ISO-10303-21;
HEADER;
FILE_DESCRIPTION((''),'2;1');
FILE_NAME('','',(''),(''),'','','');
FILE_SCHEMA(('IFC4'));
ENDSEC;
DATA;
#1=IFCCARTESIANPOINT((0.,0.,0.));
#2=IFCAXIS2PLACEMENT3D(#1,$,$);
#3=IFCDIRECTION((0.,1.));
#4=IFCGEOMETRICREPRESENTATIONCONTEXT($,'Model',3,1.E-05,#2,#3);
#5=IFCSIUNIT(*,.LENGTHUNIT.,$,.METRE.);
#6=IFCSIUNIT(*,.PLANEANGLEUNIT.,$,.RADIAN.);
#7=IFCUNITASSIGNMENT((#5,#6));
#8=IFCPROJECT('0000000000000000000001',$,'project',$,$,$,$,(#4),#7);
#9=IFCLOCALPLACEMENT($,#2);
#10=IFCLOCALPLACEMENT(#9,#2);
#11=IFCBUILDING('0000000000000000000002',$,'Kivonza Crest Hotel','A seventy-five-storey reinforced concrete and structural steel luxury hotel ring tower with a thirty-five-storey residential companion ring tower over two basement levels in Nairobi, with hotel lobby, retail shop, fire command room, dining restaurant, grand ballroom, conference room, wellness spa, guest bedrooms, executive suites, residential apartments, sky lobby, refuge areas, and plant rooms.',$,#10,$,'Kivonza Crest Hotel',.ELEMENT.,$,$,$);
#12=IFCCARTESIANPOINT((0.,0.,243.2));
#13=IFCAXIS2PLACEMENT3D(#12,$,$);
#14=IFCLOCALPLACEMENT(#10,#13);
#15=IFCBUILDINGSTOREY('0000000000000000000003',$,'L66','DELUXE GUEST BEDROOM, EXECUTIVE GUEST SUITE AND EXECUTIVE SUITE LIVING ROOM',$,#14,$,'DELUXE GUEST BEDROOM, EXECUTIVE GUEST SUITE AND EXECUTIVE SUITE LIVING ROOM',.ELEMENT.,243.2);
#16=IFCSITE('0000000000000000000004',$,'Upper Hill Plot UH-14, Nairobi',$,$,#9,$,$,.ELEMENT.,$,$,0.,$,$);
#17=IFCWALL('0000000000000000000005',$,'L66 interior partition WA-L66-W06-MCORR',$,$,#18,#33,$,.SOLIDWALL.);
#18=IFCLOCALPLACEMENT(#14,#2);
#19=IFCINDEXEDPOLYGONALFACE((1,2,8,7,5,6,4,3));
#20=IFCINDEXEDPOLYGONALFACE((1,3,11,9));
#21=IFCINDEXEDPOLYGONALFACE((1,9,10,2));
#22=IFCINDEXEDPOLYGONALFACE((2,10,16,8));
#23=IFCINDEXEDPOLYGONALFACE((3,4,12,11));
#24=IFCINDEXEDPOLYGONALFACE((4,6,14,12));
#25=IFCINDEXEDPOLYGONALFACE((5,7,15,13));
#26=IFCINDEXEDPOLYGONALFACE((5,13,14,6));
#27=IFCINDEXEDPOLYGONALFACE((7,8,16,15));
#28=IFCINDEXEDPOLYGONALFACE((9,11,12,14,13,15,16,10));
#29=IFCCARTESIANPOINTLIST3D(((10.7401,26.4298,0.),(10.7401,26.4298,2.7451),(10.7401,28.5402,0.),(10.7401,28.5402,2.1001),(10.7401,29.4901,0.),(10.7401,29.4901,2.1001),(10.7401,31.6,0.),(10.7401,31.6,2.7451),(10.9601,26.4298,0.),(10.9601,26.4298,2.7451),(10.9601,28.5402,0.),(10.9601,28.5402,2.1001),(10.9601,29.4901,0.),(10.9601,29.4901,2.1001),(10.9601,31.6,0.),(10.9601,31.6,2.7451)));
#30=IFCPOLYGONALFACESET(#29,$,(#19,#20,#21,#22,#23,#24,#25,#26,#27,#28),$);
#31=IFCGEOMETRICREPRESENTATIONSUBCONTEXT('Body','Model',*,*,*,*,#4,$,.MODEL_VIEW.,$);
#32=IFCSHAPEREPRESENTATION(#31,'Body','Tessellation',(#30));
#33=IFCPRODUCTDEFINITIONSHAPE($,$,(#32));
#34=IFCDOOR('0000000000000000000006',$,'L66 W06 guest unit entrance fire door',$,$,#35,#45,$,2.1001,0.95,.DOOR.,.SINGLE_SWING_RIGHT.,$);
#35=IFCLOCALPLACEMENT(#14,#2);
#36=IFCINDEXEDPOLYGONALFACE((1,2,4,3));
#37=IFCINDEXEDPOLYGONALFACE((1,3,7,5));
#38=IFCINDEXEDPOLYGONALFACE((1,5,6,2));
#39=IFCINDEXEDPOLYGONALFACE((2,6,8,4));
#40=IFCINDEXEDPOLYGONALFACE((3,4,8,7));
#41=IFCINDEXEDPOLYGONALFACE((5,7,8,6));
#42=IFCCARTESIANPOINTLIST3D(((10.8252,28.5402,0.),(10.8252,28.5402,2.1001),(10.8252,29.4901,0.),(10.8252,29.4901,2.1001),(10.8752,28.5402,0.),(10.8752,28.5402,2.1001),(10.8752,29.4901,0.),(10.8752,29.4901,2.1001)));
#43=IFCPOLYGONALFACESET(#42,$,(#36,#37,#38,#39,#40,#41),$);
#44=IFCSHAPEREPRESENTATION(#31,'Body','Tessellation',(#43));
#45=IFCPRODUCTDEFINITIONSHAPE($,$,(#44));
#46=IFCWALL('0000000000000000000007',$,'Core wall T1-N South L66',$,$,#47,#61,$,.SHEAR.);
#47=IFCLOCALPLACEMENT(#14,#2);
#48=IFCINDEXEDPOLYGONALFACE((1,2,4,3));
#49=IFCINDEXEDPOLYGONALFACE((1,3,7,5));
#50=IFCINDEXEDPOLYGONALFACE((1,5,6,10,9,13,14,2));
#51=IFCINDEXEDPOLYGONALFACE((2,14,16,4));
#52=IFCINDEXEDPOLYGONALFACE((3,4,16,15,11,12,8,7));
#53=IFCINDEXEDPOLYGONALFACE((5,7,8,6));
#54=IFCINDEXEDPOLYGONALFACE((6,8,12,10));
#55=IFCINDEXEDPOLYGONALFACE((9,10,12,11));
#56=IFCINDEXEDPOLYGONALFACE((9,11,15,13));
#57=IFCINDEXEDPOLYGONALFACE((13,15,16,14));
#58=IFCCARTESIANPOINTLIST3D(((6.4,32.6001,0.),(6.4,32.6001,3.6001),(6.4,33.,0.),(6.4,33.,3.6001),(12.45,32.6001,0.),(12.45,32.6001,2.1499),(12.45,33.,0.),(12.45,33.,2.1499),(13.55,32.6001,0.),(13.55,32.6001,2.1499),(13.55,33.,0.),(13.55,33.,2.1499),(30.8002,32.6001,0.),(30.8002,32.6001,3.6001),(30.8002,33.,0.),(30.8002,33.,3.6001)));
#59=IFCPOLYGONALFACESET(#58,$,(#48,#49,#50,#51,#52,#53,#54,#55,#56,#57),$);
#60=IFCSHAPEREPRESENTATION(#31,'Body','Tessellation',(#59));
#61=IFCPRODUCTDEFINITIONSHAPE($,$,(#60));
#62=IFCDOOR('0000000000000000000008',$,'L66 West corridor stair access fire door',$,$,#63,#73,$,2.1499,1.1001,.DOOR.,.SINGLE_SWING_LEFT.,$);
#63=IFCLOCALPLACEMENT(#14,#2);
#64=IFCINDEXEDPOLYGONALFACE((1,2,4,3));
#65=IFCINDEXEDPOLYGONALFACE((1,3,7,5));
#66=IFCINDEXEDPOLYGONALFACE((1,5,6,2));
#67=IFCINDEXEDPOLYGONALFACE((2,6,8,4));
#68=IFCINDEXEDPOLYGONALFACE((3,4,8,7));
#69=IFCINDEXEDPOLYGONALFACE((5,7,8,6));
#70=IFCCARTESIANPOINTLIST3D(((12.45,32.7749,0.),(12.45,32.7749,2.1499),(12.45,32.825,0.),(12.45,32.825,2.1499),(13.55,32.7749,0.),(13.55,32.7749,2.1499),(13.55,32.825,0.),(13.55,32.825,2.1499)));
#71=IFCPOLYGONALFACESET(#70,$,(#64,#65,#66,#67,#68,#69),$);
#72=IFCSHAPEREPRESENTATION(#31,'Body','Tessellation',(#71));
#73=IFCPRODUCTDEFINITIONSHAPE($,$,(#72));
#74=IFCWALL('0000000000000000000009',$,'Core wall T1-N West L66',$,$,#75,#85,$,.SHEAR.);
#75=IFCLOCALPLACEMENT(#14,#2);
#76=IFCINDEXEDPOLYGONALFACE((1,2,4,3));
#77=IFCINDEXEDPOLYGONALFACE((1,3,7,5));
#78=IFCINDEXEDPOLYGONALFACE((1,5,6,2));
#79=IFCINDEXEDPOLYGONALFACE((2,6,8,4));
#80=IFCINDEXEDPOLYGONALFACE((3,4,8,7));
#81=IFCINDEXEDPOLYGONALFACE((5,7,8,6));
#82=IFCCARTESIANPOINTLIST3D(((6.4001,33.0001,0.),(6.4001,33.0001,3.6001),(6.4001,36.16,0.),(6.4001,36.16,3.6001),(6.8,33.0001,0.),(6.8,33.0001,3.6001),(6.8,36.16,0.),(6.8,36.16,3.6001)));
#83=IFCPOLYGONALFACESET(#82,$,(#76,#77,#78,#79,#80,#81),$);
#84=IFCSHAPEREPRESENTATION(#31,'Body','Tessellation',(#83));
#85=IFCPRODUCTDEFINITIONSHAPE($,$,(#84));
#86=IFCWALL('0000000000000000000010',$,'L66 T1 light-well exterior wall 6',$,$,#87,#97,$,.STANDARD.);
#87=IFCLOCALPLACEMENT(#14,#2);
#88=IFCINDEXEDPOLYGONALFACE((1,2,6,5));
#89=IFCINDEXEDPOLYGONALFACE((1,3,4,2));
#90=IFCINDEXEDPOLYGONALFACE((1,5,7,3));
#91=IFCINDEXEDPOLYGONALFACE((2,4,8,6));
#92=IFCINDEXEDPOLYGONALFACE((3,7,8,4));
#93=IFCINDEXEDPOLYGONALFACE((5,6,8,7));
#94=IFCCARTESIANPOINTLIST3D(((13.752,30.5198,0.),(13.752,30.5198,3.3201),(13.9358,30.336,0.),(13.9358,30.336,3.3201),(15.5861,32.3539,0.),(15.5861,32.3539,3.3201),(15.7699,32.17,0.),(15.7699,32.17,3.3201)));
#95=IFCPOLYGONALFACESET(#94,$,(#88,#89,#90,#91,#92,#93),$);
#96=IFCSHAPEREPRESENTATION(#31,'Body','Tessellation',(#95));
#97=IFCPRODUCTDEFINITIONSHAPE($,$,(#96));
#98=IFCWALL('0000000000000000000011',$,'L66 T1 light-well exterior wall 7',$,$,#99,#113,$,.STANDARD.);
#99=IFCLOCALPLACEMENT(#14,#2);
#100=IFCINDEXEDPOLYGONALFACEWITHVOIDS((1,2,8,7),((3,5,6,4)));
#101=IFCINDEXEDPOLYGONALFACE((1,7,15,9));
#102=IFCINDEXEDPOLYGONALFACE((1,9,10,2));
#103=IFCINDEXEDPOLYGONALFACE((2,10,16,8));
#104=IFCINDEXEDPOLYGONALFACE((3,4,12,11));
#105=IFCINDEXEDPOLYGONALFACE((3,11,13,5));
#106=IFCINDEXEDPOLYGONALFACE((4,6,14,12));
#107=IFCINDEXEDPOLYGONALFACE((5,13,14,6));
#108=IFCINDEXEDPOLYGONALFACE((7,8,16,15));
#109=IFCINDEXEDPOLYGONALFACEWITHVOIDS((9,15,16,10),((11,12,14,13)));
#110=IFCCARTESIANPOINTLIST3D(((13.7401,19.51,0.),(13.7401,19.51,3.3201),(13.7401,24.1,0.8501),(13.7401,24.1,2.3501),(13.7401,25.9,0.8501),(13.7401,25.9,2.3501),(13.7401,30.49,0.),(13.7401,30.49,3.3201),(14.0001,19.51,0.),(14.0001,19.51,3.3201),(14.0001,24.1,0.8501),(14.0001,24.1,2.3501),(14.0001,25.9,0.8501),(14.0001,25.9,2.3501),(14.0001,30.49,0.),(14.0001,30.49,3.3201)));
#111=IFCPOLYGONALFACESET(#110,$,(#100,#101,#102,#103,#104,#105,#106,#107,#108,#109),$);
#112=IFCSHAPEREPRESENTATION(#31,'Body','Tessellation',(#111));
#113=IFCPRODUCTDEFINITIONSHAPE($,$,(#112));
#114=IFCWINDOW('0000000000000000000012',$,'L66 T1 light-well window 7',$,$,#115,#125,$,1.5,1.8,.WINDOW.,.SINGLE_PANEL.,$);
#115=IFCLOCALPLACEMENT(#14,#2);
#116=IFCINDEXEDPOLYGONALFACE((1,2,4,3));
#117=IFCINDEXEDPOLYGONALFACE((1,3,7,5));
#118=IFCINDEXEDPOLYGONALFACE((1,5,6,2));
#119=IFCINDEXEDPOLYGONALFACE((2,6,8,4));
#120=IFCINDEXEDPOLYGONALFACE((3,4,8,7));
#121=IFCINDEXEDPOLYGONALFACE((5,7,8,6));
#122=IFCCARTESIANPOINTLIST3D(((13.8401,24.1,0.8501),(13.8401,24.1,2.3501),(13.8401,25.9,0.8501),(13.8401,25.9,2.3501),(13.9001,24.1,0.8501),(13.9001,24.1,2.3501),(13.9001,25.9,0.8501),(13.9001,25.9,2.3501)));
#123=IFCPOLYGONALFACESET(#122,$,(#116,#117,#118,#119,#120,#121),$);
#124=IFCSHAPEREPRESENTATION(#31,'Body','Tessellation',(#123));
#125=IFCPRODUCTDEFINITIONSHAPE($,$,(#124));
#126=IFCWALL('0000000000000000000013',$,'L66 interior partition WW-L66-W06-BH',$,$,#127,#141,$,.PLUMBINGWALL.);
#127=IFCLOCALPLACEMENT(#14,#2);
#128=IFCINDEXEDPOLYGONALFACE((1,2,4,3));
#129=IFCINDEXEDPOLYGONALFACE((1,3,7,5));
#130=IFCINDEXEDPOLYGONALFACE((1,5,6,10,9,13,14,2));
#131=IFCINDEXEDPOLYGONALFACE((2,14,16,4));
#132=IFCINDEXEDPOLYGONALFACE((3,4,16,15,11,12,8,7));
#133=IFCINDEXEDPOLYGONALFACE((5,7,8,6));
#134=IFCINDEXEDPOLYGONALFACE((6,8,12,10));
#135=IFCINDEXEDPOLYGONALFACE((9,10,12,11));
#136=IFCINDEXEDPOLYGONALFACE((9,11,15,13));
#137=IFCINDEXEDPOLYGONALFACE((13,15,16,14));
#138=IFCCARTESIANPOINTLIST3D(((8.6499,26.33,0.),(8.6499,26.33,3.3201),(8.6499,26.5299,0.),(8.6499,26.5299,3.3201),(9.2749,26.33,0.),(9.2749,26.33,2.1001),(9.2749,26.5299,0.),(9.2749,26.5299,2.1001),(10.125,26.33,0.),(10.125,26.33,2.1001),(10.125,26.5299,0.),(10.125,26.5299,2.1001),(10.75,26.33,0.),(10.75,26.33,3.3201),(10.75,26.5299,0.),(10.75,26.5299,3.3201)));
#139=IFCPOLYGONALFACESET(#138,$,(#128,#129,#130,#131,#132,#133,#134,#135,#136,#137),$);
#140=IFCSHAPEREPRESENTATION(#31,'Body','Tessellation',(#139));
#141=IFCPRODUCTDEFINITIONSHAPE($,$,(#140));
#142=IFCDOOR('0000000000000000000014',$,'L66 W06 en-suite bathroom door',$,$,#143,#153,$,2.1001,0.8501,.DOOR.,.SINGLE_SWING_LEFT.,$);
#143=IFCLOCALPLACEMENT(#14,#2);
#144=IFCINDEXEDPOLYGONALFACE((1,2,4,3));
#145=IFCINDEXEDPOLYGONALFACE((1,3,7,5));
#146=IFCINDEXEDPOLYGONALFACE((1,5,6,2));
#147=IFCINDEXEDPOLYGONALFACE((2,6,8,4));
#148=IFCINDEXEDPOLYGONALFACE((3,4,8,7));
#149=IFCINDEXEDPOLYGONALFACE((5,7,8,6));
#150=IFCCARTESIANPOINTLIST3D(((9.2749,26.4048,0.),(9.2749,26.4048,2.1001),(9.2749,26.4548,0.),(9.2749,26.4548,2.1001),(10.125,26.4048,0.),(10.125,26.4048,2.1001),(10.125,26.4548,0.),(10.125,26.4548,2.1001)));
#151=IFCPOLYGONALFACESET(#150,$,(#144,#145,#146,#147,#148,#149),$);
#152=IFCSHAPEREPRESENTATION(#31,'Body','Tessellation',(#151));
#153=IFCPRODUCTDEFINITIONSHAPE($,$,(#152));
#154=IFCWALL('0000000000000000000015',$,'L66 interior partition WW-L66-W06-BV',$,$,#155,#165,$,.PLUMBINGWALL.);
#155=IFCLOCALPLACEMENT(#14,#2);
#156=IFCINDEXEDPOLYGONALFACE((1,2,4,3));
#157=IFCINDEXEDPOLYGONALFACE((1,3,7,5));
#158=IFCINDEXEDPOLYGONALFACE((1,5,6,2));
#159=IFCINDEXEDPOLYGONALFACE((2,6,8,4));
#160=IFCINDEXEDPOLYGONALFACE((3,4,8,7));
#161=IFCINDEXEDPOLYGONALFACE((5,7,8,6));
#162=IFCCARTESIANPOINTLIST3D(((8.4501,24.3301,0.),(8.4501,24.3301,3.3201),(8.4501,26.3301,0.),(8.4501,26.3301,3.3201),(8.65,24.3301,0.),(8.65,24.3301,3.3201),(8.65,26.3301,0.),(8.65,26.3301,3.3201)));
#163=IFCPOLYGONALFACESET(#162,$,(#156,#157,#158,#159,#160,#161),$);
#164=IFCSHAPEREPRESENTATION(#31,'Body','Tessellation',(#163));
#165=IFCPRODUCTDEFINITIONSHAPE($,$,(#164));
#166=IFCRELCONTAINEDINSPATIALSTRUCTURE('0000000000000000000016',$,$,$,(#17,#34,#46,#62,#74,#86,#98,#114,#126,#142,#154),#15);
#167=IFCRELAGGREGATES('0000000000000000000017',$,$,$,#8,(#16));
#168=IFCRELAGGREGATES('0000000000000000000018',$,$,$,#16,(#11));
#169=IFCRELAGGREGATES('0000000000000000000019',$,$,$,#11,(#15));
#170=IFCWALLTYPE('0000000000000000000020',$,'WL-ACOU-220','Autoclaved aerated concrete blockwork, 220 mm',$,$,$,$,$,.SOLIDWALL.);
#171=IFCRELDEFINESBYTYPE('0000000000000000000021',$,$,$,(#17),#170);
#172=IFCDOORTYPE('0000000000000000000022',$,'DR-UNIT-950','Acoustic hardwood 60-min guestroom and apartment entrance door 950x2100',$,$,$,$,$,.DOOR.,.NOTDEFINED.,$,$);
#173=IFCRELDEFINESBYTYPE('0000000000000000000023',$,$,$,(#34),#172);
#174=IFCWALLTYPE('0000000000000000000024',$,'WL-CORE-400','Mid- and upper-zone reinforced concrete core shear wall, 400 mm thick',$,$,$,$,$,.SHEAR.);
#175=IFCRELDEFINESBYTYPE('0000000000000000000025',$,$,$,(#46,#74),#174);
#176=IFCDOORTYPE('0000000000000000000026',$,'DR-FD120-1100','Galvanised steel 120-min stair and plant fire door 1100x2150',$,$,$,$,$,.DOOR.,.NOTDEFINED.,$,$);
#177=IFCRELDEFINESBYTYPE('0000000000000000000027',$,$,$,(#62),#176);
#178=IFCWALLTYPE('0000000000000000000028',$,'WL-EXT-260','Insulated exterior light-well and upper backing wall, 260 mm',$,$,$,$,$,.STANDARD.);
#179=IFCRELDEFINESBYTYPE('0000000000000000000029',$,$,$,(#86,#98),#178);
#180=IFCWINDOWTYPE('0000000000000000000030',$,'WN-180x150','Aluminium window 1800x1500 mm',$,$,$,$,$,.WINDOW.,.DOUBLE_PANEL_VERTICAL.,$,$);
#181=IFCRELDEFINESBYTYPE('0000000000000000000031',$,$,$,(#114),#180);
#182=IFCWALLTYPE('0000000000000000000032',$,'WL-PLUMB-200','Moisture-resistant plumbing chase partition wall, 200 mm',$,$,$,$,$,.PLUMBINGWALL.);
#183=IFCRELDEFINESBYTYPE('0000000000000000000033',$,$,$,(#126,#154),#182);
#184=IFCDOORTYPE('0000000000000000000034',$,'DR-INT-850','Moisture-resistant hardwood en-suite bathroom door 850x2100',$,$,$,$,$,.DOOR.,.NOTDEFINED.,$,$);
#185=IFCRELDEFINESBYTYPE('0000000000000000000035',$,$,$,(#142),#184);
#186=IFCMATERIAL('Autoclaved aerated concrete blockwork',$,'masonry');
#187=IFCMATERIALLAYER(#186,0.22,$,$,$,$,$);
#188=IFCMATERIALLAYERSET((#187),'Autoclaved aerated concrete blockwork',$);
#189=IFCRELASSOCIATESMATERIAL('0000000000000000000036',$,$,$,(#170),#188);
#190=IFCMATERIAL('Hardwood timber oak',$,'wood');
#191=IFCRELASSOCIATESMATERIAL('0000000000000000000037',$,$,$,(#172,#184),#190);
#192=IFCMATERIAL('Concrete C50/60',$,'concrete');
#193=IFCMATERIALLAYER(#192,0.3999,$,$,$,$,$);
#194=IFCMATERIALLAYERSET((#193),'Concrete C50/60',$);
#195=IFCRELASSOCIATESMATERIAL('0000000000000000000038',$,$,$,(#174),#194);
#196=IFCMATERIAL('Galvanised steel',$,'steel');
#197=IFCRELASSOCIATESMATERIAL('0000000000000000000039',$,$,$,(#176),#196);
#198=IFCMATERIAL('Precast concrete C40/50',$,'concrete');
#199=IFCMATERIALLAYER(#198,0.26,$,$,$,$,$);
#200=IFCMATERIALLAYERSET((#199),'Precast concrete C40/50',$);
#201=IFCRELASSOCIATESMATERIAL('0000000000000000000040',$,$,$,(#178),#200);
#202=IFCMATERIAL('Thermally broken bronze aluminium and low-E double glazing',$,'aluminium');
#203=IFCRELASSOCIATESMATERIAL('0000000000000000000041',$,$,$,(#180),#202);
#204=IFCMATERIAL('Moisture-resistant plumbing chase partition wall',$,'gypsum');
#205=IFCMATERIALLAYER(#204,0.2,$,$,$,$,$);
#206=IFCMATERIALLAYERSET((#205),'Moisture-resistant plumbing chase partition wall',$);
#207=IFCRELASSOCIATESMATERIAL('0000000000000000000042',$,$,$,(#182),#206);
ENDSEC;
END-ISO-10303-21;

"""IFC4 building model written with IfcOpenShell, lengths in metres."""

from ifc_helpers import new_model, si_unit, direction, frame, frame_2d, origin, place, context, subcontext, project, spatial, rectangle, extrude, material, layer, layer_set, type_object, element, fill, save


model = new_model("IFC4")

# Units and contexts
model_context = context("Model", 3, precision=1e-05, world=origin(), true_north=direction((0.0, 1.0)))
body_context = subcontext(model_context, "Body", "Model", "MODEL_VIEW")
ifc_project = project(units=[si_unit("LENGTHUNIT", "METRE"), si_unit("PLANEANGLEUNIT", "RADIAN")], contexts=[model_context])

# Site, building, storey
site_placement = place(None, origin())
site = spatial("IfcSite", under=ifc_project, at=site_placement, Name="Upper Hill Plot UH-14, Nairobi", CompositionType="ELEMENT", RefElevation=0.0)
building_placement = place(site_placement, origin())
building = spatial("IfcBuilding", under=site, at=building_placement, Name="Kivonza Crest Hotel", Description="A seventy-five-storey reinforced concrete and structural steel luxury hotel ring tower with a thirty-five-storey residential companion ring tower over two basement levels in Nairobi, with hotel lobby, retail shop, fire command room, dining restaurant, grand ballroom, conference room, wellness spa, guest bedrooms, executive suites, residential apartments, sky lobby, refuge areas, and plant rooms.", LongName="Kivonza Crest Hotel", CompositionType="ELEMENT")
storey_placement = place(building_placement, frame((0.0, 0.0, 243.2)))
storey = spatial("IfcBuildingStorey", under=building, at=storey_placement, Name="L66", Description="DELUXE GUEST BEDROOM, EXECUTIVE GUEST SUITE AND EXECUTIVE SUITE LIVING ROOM", LongName="DELUXE GUEST BEDROOM, EXECUTIVE GUEST SUITE AND EXECUTIVE SUITE LIVING ROOM", CompositionType="ELEMENT", Elevation=243.2)

# Shared definitions
ifc_material_1 = material(Name="Concrete C50/60", Category="concrete")

# Shared definitions
ifc_material_2 = material(Name="Autoclaved aerated concrete blockwork", Category="masonry")
ifc_layer_1 = layer(ifc_material_2, 0.22)
ifc_layer_set_1 = layer_set([ifc_layer_1], Name="Autoclaved aerated concrete blockwork")
wall_type_1 = type_object("IfcWallType", Name="WL-ACOU-220", Description="Autoclaved aerated concrete blockwork, 220 mm", PredefinedType="SOLIDWALL", material=ifc_layer_set_1)

# Walls, openings, doors
wall_1_placement = place(storey_placement, frame((10.8501, 26.4299, 0.0), z_axis=(0.0, 0.0, 1.0), x_axis=(0.0, 1.0, 0.0)))
wall_1 = element("IfcWall", 1, at=wall_1_placement, inside=storey, type_object=wall_type_1, Name="L66 interior partition WA-L66-W06-MCORR", PredefinedType="SOLIDWALL", context=body_context, shape_type="SweptSolid", body=[
    extrude(rectangle(XDim=5.1702, YDim=0.22, at=frame_2d((2.585, 0.0))), origin(), (0.0, 0.0, 1.0), 2.7451),
])
opening_1_placement = place(wall_1_placement, frame((2.1101, 0.0, 0.0)))
opening_1 = element("IfcOpeningElement", 2, at=opening_1_placement, cuts=wall_1, PredefinedType="OPENING", context=body_context, shape_type="SweptSolid", body=[
    extrude(rectangle(XDim=0.95, YDim=2.1001, at=frame_2d((0.4751, 1.05))), frame((0.0, 0.1201, 0.0), z_axis=(0.0, -1.0, 0.0), x_axis=(1.0, 0.0, 0.0)), (0.0, 0.0, 1.0), 0.24),
])
ifc_material_3 = material(Name="Hardwood timber oak", Category="wood")
door_type_1 = type_object("IfcDoorType", Name="DR-UNIT-950", Description="Acoustic hardwood 60-min guestroom and apartment entrance door 950x2100", OperationType="NOTDEFINED", PredefinedType="DOOR", material=ifc_material_3)
door_1_placement = place(opening_1_placement, origin())
door_1 = element("IfcDoor", 3, at=door_1_placement, inside=storey, type_object=door_type_1, Name="L66 W06 guest unit entrance fire door", OperationType="SINGLE_SWING_RIGHT", OverallHeight=2.1001, OverallWidth=0.95, PredefinedType="DOOR", context=body_context, shape_type="SweptSolid", body=[
    extrude(rectangle(XDim=0.95, YDim=2.1001, at=frame_2d((0.4751, 1.05))), frame((0.0, 0.0249, 0.0), z_axis=(0.0, -1.0, 0.0), x_axis=(1.0, 0.0, 0.0)), (0.0, 0.0, 1.0), 0.05),
])
fill(opening_1, door_1)
ifc_layer_2 = layer(ifc_material_1, 0.3999)
ifc_layer_set_2 = layer_set([ifc_layer_2], Name="Concrete C50/60")
wall_type_2 = type_object("IfcWallType", Name="WL-CORE-400", Description="Mid- and upper-zone reinforced concrete core shear wall, 400 mm thick", PredefinedType="SHEAR", material=ifc_layer_set_2)
wall_2_placement = place(storey_placement, frame((6.3999, 32.8, 0.0), z_axis=(0.0, 0.0, 1.0), x_axis=(1.0, 0.0, 0.0)))
wall_2 = element("IfcWall", 4, at=wall_2_placement, inside=storey, type_object=wall_type_2, Name="Core wall T1-N South L66", PredefinedType="SHEAR", context=body_context, shape_type="SweptSolid", body=[
    extrude(rectangle(XDim=24.4001, YDim=0.3999, at=frame_2d((12.2002, 0.0))), origin(), (0.0, 0.0, 1.0), 3.6001),
])
opening_2_placement = place(wall_2_placement, frame((6.05, 0.0, 0.0)))
opening_2 = element("IfcOpeningElement", 5, at=opening_2_placement, cuts=wall_2, PredefinedType="OPENING", context=body_context, shape_type="SweptSolid", body=[
    extrude(rectangle(XDim=1.1001, YDim=2.1499, at=frame_2d((0.55, 1.075))), frame((0.0, 0.21, 0.0), z_axis=(0.0, -1.0, 0.0), x_axis=(1.0, 0.0, 0.0)), (0.0, 0.0, 1.0), 0.4199),
])
ifc_material_4 = material(Name="Galvanised steel", Category="steel")
door_type_2 = type_object("IfcDoorType", Name="DR-FD120-1100", Description="Galvanised steel 120-min stair and plant fire door 1100x2150", OperationType="NOTDEFINED", PredefinedType="DOOR", material=ifc_material_4)
door_2_placement = place(opening_2_placement, origin())
door_2 = element("IfcDoor", 6, at=door_2_placement, inside=storey, type_object=door_type_2, Name="L66 West corridor stair access fire door", OperationType="SINGLE_SWING_LEFT", OverallHeight=2.1499, OverallWidth=1.1001, PredefinedType="DOOR", context=body_context, shape_type="SweptSolid", body=[
    extrude(rectangle(XDim=1.1001, YDim=2.1499, at=frame_2d((0.55, 1.075))), frame((0.0, 0.0249, 0.0), z_axis=(0.0, -1.0, 0.0), x_axis=(1.0, 0.0, 0.0)), (0.0, 0.0, 1.0), 0.05),
])
fill(opening_2, door_2)

# Walls
wall_3_placement = place(storey_placement, frame((6.6001, 33.0, 0.0), z_axis=(0.0, 0.0, 1.0), x_axis=(0.0, 1.0, 0.0)))
element("IfcWall", 7, at=wall_3_placement, inside=storey, type_object=wall_type_2, Name="Core wall T1-N West L66", PredefinedType="SHEAR", context=body_context, shape_type="SweptSolid", body=[
    extrude(rectangle(XDim=3.1599, YDim=0.3999, at=frame_2d((1.5801, 0.0))), origin(), (0.0, 0.0, 1.0), 3.6001),
])
ifc_material_5 = material(Name="Precast concrete C40/50", Category="concrete")
ifc_layer_3 = layer(ifc_material_5, 0.26)
ifc_layer_set_3 = layer_set([ifc_layer_3], Name="Precast concrete C40/50")
wall_type_3 = type_object("IfcWallType", Name="WL-EXT-260", Description="Insulated exterior light-well and upper backing wall, 260 mm", PredefinedType="STANDARD", material=ifc_layer_set_3)
wall_4_placement = place(storey_placement, frame((15.678, 32.262, 0.0), z_axis=(0.0, 0.0, 1.0), x_axis=(-0.707107, -0.707107, 0.0)))
element("IfcWall", 8, at=wall_4_placement, inside=storey, type_object=wall_type_3, Name="L66 T1 light-well exterior wall 6", PredefinedType="STANDARD", context=body_context, shape_type="SweptSolid", body=[
    extrude(rectangle(XDim=2.5938, YDim=0.26, at=frame_2d((1.2969, 0.0))), origin(), (0.0, 0.0, 1.0), 3.3201),
])

# Wall, opening, window
wall_5_placement = place(storey_placement, frame((13.8701, 30.49, 0.0), z_axis=(0.0, 0.0, 1.0), x_axis=(0.0, -1.0, 0.0)))
wall_5 = element("IfcWall", 9, at=wall_5_placement, inside=storey, type_object=wall_type_3, Name="L66 T1 light-well exterior wall 7", PredefinedType="STANDARD", context=body_context, shape_type="SweptSolid", body=[
    extrude(rectangle(XDim=10.98, YDim=0.26, at=frame_2d((5.49, 0.0))), origin(), (0.0, 0.0, 1.0), 3.3201),
])
opening_3_placement = place(wall_5_placement, frame((4.5901, 0.0, 0.8501)))
opening_3 = element("IfcOpeningElement", 10, at=opening_3_placement, cuts=wall_5, PredefinedType="OPENING", context=body_context, shape_type="SweptSolid", body=[
    extrude(rectangle(XDim=1.8, YDim=1.5, at=frame_2d((0.8999, 0.75))), frame((0.0, 0.1401, 0.0), z_axis=(0.0, -1.0, 0.0), x_axis=(1.0, 0.0, 0.0)), (0.0, 0.0, 1.0), 0.28),
])
ifc_material_6 = material(Name="Thermally broken bronze aluminium and low-E double glazing", Category="aluminium")
window_type = type_object("IfcWindowType", Name="WN-180x150", Description="Aluminium window 1800x1500 mm", PartitioningType="DOUBLE_PANEL_VERTICAL", PredefinedType="WINDOW", material=ifc_material_6)
window_placement = place(opening_3_placement, origin())
window = element("IfcWindow", 11, at=window_placement, inside=storey, type_object=window_type, Name="L66 T1 light-well window 7", OverallHeight=1.5, OverallWidth=1.8, PartitioningType="SINGLE_PANEL", PredefinedType="WINDOW", context=body_context, shape_type="SweptSolid", body=[
    extrude(rectangle(XDim=1.8, YDim=1.5, at=frame_2d((0.8999, 0.75))), frame((0.0, 0.03, 0.0), z_axis=(0.0, -1.0, 0.0), x_axis=(1.0, 0.0, 0.0)), (0.0, 0.0, 1.0), 0.0601),
])
fill(opening_3, window)

# Wall, opening, door
ifc_material_7 = material(Name="Moisture-resistant plumbing chase partition wall", Category="gypsum")
ifc_layer_4 = layer(ifc_material_7, 0.2)
ifc_layer_set_4 = layer_set([ifc_layer_4], Name="Moisture-resistant plumbing chase partition wall")
wall_type_4 = type_object("IfcWallType", Name="WL-PLUMB-200", Description="Moisture-resistant plumbing chase partition wall, 200 mm", PredefinedType="PLUMBINGWALL", material=ifc_layer_set_4)
wall_6_placement = place(storey_placement, frame((8.6499, 26.4299, 0.0), z_axis=(0.0, 0.0, 1.0), x_axis=(1.0, 0.0, 0.0)))
wall_6 = element("IfcWall", 12, at=wall_6_placement, inside=storey, type_object=wall_type_4, Name="L66 interior partition WW-L66-W06-BH", PredefinedType="PLUMBINGWALL", context=body_context, shape_type="SweptSolid", body=[
    extrude(rectangle(XDim=2.1001, YDim=0.2, at=frame_2d((1.05, 0.0))), origin(), (0.0, 0.0, 1.0), 3.3201),
])
opening_4_placement = place(wall_6_placement, frame((0.625, 0.0, 0.0)))
opening_4 = element("IfcOpeningElement", 13, at=opening_4_placement, cuts=wall_6, PredefinedType="OPENING", context=body_context, shape_type="SweptSolid", body=[
    extrude(rectangle(XDim=0.8501, YDim=2.1001, at=frame_2d((0.425, 1.05))), frame((0.0, 0.1099, 0.0), z_axis=(0.0, -1.0, 0.0), x_axis=(1.0, 0.0, 0.0)), (0.0, 0.0, 1.0), 0.22),
])
door_type_3 = type_object("IfcDoorType", Name="DR-INT-850", Description="Moisture-resistant hardwood en-suite bathroom door 850x2100", OperationType="NOTDEFINED", PredefinedType="DOOR", material=ifc_material_3)
door_3_placement = place(opening_4_placement, origin())
door_3 = element("IfcDoor", 14, at=door_3_placement, inside=storey, type_object=door_type_3, Name="L66 W06 en-suite bathroom door", OperationType="SINGLE_SWING_LEFT", OverallHeight=2.1001, OverallWidth=0.8501, PredefinedType="DOOR", context=body_context, shape_type="SweptSolid", body=[
    extrude(rectangle(XDim=0.8501, YDim=2.1001, at=frame_2d((0.425, 1.05))), frame((0.0, 0.0249, 0.0), z_axis=(0.0, -1.0, 0.0), x_axis=(1.0, 0.0, 0.0)), (0.0, 0.0, 1.0), 0.05),
])
fill(opening_4, door_3)

# Wall
wall_7_placement = place(storey_placement, frame((8.55, 24.3301, 0.0), z_axis=(0.0, 0.0, 1.0), x_axis=(0.0, 1.0, 0.0)))
element("IfcWall", 15, at=wall_7_placement, inside=storey, type_object=wall_type_4, Name="L66 interior partition WW-L66-W06-BV", PredefinedType="PLUMBINGWALL", context=body_context, shape_type="SweptSolid", body=[
    extrude(rectangle(XDim=2.0, YDim=0.2, at=frame_2d((1.0, 0.0))), origin(), (0.0, 0.0, 1.0), 3.3201),
])

save(model, "model.ifc")
